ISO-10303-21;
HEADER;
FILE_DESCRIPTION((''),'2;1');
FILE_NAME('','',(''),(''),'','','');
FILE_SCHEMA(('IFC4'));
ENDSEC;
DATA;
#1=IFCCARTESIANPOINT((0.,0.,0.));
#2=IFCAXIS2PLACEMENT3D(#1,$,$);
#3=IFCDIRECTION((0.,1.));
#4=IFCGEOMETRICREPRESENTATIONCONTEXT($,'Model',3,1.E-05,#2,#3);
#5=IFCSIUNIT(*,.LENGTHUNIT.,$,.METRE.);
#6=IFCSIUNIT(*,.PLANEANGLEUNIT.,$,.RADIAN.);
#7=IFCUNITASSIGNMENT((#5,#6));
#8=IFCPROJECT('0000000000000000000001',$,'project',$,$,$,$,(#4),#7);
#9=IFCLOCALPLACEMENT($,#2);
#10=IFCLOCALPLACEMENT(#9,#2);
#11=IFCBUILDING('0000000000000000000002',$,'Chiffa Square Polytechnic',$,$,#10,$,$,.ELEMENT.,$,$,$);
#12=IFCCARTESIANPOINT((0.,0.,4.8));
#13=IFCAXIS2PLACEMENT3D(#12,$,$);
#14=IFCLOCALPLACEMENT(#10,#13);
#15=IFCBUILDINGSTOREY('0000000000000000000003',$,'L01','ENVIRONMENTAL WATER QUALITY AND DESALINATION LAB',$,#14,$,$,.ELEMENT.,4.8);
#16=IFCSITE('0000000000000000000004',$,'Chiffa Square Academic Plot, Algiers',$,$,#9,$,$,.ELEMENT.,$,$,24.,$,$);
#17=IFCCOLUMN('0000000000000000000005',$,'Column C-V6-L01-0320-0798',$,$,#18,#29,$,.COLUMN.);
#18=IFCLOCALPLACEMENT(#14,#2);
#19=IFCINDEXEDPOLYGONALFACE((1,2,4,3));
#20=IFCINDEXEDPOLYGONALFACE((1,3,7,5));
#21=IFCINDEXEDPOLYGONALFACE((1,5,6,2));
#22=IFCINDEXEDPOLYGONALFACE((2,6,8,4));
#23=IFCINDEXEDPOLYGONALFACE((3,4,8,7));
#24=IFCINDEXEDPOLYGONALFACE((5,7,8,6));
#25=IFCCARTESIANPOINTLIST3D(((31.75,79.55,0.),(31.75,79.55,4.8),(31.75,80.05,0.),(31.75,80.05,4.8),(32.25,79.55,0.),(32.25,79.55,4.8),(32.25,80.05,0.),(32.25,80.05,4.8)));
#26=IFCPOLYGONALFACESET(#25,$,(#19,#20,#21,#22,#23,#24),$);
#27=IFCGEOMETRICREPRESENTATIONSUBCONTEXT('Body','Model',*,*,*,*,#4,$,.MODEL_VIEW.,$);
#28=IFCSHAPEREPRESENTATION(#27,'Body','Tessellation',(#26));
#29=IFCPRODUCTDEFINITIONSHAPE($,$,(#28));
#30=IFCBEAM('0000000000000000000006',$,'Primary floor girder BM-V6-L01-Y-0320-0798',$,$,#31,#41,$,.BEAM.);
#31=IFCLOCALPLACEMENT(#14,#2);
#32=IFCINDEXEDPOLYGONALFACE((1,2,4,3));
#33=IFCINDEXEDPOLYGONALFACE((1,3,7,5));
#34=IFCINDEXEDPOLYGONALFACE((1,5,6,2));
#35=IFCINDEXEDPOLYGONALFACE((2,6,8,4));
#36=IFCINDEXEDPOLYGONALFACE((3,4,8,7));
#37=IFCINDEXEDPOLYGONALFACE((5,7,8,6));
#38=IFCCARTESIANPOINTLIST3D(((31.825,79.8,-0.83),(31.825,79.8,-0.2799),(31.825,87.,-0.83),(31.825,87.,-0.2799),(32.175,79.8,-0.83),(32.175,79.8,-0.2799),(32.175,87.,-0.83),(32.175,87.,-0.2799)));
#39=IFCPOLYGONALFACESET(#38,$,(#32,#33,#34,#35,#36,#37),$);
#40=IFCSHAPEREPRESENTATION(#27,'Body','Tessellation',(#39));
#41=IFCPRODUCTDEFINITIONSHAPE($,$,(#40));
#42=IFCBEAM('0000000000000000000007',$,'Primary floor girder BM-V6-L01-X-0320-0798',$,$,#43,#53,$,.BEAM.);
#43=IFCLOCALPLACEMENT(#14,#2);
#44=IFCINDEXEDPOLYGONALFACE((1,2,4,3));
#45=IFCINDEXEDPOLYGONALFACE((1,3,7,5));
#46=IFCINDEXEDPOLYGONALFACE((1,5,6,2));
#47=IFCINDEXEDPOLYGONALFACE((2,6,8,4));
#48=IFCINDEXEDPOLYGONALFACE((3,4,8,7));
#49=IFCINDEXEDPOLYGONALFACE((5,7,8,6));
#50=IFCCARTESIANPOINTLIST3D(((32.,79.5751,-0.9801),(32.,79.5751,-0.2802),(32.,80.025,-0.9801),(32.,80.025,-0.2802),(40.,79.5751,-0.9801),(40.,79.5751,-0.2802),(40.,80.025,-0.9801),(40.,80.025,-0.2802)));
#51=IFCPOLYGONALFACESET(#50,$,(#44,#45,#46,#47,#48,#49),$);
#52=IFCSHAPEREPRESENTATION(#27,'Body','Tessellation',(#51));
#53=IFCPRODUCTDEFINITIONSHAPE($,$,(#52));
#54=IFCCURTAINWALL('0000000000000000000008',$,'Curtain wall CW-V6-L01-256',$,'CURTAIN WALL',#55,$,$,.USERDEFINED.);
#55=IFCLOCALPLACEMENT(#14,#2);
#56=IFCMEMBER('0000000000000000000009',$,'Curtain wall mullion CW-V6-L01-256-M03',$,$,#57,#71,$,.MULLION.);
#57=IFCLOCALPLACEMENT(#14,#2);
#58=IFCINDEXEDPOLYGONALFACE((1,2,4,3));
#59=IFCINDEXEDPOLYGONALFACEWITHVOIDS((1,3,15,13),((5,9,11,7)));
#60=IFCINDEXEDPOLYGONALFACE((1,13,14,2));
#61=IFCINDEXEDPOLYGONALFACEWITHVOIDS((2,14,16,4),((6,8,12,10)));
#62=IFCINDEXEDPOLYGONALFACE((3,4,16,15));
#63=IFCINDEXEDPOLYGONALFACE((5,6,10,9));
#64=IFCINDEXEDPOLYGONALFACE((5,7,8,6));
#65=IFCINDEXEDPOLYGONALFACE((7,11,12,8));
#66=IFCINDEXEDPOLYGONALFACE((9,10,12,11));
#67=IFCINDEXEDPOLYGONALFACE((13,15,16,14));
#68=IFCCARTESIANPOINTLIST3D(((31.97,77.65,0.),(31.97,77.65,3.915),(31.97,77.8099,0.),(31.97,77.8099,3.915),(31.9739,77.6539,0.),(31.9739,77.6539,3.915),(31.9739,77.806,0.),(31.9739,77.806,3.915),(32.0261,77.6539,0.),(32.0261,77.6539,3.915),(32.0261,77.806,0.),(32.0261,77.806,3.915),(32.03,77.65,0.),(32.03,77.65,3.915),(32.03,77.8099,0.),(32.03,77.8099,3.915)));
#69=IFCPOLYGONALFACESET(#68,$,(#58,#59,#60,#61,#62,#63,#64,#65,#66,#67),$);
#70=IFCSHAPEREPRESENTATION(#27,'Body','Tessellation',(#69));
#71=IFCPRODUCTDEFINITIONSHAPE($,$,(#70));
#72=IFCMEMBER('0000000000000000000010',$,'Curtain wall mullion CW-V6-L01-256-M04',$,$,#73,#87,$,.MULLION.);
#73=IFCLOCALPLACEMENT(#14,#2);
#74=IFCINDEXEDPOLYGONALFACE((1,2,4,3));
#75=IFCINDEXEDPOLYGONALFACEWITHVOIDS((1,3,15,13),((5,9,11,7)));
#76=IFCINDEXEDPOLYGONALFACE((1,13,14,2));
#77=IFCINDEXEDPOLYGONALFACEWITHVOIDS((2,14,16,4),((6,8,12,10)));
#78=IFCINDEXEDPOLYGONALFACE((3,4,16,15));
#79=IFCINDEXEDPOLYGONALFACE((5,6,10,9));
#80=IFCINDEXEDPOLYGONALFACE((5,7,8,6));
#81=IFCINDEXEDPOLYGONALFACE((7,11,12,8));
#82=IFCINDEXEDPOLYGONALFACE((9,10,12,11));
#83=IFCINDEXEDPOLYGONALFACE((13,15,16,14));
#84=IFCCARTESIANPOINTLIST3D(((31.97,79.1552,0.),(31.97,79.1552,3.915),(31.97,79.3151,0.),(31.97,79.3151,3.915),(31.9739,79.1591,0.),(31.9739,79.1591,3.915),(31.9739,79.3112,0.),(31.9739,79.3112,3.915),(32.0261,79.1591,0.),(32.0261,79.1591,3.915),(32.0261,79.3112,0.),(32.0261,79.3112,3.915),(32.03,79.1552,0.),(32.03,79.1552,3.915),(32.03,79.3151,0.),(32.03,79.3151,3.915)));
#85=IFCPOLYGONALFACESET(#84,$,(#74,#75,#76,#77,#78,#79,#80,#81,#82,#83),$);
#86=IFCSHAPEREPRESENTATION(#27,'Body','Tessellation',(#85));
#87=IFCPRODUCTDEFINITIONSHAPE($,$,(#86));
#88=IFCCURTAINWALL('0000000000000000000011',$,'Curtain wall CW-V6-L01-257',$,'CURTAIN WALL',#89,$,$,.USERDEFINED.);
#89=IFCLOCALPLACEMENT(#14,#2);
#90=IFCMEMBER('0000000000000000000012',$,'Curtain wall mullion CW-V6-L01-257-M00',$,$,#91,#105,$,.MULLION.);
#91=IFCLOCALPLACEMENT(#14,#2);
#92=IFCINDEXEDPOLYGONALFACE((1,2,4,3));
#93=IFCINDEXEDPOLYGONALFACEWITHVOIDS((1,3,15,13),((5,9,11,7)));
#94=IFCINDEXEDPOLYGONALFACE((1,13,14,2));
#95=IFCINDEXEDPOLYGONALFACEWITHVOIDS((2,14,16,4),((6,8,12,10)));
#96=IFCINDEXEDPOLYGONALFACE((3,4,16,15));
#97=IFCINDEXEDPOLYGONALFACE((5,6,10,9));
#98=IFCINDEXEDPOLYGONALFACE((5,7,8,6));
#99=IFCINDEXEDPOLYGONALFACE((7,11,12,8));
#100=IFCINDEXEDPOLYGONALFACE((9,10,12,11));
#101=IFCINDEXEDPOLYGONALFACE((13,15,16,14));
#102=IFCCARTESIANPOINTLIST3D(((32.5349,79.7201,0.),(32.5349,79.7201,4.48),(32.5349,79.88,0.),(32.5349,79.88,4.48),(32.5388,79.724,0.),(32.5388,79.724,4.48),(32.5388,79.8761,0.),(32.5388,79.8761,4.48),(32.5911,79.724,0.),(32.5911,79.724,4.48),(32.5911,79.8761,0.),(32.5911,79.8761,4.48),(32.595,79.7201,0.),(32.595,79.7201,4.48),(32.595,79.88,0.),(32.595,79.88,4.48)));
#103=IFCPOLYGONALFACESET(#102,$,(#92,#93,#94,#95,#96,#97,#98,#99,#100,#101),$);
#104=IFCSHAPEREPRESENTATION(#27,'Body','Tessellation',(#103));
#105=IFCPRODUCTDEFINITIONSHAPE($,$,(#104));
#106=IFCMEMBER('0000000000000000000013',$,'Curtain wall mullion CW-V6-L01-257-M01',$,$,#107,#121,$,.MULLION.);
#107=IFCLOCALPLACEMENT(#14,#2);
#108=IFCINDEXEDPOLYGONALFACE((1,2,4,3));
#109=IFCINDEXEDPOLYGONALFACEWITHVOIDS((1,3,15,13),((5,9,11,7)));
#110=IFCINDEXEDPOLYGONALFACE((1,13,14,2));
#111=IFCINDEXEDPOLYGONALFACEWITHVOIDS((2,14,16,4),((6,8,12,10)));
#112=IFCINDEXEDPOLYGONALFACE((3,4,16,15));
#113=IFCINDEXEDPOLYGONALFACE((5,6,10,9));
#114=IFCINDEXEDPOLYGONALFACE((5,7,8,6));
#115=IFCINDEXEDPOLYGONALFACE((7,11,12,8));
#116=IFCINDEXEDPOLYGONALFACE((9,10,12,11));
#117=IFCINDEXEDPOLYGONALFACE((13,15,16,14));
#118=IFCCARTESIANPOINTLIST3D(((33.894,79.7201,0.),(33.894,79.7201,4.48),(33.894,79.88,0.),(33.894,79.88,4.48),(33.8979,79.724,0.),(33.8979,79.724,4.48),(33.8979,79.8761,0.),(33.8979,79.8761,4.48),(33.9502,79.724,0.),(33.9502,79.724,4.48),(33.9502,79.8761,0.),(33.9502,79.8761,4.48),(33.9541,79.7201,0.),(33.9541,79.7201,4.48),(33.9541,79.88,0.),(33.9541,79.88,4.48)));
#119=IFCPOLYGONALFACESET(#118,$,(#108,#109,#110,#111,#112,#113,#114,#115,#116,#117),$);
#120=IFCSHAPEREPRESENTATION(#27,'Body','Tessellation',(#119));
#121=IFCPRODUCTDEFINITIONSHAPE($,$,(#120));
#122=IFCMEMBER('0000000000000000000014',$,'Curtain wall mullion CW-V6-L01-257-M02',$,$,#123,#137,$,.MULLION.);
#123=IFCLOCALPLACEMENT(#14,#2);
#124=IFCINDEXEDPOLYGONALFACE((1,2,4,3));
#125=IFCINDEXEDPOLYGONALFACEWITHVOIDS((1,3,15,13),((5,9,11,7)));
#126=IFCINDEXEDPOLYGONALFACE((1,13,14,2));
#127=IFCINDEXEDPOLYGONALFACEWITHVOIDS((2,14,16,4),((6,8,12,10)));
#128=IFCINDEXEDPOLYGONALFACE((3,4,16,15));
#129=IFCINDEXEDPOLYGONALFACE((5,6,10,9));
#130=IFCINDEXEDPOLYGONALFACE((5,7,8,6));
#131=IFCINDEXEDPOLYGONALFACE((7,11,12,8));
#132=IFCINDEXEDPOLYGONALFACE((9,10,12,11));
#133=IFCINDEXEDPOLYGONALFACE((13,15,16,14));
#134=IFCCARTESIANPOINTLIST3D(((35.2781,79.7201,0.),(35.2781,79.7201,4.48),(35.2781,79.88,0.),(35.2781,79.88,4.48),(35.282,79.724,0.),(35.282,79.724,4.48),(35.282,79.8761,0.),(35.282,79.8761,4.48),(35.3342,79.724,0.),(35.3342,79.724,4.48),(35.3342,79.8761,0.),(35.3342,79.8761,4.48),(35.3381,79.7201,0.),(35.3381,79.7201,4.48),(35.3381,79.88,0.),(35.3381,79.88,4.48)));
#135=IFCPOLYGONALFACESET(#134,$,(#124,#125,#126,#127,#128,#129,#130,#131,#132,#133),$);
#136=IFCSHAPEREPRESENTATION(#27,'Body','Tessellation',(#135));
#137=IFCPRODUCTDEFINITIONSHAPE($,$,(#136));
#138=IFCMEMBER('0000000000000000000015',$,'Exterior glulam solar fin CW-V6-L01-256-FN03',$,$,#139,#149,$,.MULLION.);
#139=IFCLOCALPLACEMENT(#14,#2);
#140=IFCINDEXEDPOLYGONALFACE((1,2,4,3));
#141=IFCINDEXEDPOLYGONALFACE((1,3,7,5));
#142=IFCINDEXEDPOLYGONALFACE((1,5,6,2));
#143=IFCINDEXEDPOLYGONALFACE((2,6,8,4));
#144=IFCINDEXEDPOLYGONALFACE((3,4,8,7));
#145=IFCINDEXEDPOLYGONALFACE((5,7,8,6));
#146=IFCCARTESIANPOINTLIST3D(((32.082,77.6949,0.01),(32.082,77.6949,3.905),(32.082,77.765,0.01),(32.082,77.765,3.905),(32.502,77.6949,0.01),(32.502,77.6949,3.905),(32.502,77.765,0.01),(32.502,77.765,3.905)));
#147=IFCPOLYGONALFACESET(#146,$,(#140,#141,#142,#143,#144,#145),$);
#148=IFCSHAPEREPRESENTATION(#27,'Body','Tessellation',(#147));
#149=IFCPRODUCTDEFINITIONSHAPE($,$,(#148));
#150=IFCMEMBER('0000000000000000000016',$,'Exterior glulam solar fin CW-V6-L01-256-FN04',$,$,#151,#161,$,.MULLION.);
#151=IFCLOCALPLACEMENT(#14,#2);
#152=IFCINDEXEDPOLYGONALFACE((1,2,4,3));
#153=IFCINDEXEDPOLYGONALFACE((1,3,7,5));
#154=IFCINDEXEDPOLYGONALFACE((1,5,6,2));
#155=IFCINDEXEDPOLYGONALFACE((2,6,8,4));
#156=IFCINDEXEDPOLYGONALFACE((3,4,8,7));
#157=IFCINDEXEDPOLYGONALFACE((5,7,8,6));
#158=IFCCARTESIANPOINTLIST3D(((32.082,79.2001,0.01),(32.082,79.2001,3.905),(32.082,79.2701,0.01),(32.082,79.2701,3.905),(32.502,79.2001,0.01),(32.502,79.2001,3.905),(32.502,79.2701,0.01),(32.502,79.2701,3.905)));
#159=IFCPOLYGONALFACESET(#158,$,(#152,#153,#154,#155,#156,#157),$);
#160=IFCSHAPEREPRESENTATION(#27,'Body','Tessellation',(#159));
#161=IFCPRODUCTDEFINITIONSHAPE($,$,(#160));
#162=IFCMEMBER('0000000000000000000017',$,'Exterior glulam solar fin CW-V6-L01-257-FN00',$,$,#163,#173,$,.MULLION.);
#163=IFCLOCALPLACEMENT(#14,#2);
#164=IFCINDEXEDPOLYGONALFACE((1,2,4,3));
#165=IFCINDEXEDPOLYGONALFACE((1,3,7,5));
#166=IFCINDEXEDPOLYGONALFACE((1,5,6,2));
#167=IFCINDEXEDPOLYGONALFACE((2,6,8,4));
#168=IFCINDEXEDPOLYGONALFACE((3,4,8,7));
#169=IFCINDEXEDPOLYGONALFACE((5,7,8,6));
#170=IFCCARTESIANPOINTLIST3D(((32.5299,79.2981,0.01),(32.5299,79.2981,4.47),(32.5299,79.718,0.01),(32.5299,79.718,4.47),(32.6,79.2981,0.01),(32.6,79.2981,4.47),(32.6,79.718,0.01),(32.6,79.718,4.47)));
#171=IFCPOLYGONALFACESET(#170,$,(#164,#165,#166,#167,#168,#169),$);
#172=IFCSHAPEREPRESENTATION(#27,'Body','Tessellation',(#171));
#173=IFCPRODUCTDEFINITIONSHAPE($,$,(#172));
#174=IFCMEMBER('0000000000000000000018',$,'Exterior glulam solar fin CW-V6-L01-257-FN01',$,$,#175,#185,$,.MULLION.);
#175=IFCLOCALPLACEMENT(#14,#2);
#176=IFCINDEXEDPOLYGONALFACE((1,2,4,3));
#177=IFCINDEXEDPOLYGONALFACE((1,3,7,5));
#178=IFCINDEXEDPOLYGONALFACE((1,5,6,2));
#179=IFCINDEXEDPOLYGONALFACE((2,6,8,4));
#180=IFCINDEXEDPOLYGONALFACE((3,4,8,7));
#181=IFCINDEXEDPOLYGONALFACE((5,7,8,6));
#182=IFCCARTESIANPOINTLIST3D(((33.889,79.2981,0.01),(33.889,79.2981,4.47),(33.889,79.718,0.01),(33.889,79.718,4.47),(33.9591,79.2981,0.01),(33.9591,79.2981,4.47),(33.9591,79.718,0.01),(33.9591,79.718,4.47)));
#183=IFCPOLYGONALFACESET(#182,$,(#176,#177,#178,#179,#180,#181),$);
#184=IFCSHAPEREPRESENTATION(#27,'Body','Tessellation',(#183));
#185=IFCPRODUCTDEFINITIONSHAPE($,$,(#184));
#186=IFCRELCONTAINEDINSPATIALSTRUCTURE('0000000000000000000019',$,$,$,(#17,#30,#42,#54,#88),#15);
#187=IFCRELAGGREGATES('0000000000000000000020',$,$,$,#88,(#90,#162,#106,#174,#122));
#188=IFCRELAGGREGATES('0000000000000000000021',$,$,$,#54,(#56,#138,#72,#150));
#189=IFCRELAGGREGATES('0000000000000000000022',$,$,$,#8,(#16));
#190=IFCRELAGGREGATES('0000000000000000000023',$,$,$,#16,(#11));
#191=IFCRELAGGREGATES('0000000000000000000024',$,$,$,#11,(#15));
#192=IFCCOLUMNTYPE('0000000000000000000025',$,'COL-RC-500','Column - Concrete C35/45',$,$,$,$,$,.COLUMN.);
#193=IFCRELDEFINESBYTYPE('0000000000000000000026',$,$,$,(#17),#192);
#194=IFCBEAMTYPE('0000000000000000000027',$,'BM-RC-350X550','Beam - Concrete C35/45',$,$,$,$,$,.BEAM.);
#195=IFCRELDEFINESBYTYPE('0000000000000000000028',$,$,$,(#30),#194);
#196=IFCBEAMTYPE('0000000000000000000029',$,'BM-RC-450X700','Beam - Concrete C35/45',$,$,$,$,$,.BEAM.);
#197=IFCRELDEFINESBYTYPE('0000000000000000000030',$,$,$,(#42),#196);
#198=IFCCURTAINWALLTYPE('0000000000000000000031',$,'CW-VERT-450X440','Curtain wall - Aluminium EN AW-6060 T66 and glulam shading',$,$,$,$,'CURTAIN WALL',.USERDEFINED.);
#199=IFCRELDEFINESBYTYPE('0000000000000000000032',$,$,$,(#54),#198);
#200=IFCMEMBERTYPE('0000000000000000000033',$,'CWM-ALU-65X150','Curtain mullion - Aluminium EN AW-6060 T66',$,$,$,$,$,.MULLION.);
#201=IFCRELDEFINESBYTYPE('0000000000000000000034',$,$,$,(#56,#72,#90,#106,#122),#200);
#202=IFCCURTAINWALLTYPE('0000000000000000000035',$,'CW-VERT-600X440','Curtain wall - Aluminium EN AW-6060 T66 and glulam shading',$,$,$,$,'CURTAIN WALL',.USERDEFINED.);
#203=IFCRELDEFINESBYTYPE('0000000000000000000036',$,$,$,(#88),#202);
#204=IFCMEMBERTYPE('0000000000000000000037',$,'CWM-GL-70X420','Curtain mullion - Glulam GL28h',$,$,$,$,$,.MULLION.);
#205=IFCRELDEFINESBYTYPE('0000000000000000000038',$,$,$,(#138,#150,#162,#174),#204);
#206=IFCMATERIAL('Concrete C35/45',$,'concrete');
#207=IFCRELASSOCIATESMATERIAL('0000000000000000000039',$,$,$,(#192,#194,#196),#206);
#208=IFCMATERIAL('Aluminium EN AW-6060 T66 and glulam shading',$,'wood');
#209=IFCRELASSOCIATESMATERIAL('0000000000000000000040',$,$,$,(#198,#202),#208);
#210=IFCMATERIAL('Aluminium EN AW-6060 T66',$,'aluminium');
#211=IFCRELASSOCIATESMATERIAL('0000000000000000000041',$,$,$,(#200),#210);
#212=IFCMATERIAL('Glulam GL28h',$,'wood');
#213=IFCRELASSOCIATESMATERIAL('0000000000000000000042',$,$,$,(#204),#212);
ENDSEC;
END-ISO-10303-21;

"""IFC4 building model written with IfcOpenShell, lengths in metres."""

from ifc_helpers import new_model, si_unit, direction, frame, origin, origin_2d, place, context, subcontext, project, spatial, rectangle, hollow_rectangle, extrude, material, material_profile, profile_set, type_object, element, aggregate, save


model = new_model("IFC4")

# Units and contexts
model_context = context("Model", 3, precision=1e-05, world=origin(), true_north=direction((0.0, 1.0)))
body_context = subcontext(model_context, "Body", "Model", "MODEL_VIEW")
ifc_project = project(units=[si_unit("LENGTHUNIT", "METRE"), si_unit("PLANEANGLEUNIT", "RADIAN")], contexts=[model_context])

# Site, building, storey
site_placement = place(None, origin())
site = spatial("IfcSite", under=ifc_project, at=site_placement, Name="Chiffa Square Academic Plot, Algiers", CompositionType="ELEMENT", RefElevation=24.0)
building_placement = place(site_placement, origin())
building = spatial("IfcBuilding", under=site, at=building_placement, Name="Chiffa Square Polytechnic", CompositionType="ELEMENT")
storey_placement = place(building_placement, frame((0.0, 0.0, 4.8)))
storey = spatial("IfcBuildingStorey", under=building, at=storey_placement, Name="L01", Description="ENVIRONMENTAL WATER QUALITY AND DESALINATION LAB", CompositionType="ELEMENT", Elevation=4.8)

# Column
ifc_material_1 = material(Name="Concrete C35/45", Category="concrete")
ifc_material_profile_1 = material_profile(ifc_material_1, rectangle(XDim=0.5, YDim=0.5, at=origin_2d()), Name="RC 500x500")
ifc_profile_set_1 = profile_set([ifc_material_profile_1], Name="Concrete C35/45")
column_type = type_object("IfcColumnType", Name="COL-RC-500", Description="Column - Concrete C35/45", PredefinedType="COLUMN", material=ifc_profile_set_1)
column_placement = place(storey_placement, frame((32.0, 79.8, 0.0), z_axis=(0.0, 0.0, 1.0), x_axis=(1.0, 0.0, 0.0)))
element("IfcColumn", 1, at=column_placement, inside=storey, type_object=column_type, Name="Column C-V6-L01-0320-0798", PredefinedType="COLUMN", context=body_context, shape_type="SweptSolid", body=[
    extrude(rectangle(XDim=0.5, YDim=0.5, at=origin_2d()), origin(), (0.0, 0.0, 1.0), 4.8),
])

# Beams
ifc_material_profile_2 = material_profile(ifc_material_1, rectangle(XDim=0.3501, YDim=0.55, at=origin_2d()), Name="RC 350x550")
ifc_profile_set_2 = profile_set([ifc_material_profile_2], Name="Concrete C35/45")
beam_type_1 = type_object("IfcBeamType", Name="BM-RC-350X550", Description="Beam - Concrete C35/45", PredefinedType="BEAM", material=ifc_profile_set_2)
beam_1_placement = place(storey_placement, frame((32.0, 79.8, -0.5549), z_axis=(0.0, 1.0, 0.0), x_axis=(-1.0, 0.0, 0.0)))
element("IfcBeam", 2, at=beam_1_placement, inside=storey, type_object=beam_type_1, Name="Primary floor girder BM-V6-L01-Y-0320-0798", PredefinedType="BEAM", context=body_context, shape_type="SweptSolid", body=[
    extrude(rectangle(XDim=0.3501, YDim=0.55, at=origin_2d()), origin(), (0.0, 0.0, 1.0), 7.2),
])
ifc_material_profile_3 = material_profile(ifc_material_1, rectangle(XDim=0.45, YDim=0.7, at=origin_2d()), Name="RC 450x700")
ifc_profile_set_3 = profile_set([ifc_material_profile_3], Name="Concrete C35/45")
beam_type_2 = type_object("IfcBeamType", Name="BM-RC-450X700", Description="Beam - Concrete C35/45", PredefinedType="BEAM", material=ifc_profile_set_3)
beam_2_placement = place(storey_placement, frame((32.0, 79.8, -0.6301), z_axis=(1.0, 0.0, 0.0), x_axis=(0.0, 1.0, 0.0)))
element("IfcBeam", 3, at=beam_2_placement, inside=storey, type_object=beam_type_2, Name="Primary floor girder BM-V6-L01-X-0320-0798", PredefinedType="BEAM", context=body_context, shape_type="SweptSolid", body=[
    extrude(rectangle(XDim=0.45, YDim=0.7, at=origin_2d()), origin(), (0.0, 0.0, 1.0), 8.0),
])

# Curtain walls, members
ifc_material_2 = material(Name="Aluminium EN AW-6060 T66 and glulam shading", Category="wood")
curtain_wall_type_1 = type_object("IfcCurtainWallType", Name="CW-VERT-450X440", Description="Curtain wall - Aluminium EN AW-6060 T66 and glulam shading", ElementType="CURTAIN WALL", PredefinedType="USERDEFINED", material=ifc_material_2)
curtain_wall_1_placement = place(storey_placement, origin())
curtain_wall_1 = element("IfcCurtainWall", 4, at=curtain_wall_1_placement, inside=storey, type_object=curtain_wall_type_1, Name="Curtain wall CW-V6-L01-256", ObjectType="CURTAIN WALL", PredefinedType="USERDEFINED")
ifc_material_3 = material(Name="Aluminium EN AW-6060 T66", Category="aluminium")
ifc_material_profile_4 = material_profile(ifc_material_3, hollow_rectangle(XDim=0.0601, YDim=0.1599, WallThickness=0.0039, at=origin_2d()), Name="ALU 60x160x4")
ifc_profile_set_4 = profile_set([ifc_material_profile_4], Name="Aluminium EN AW-6060 T66")
member_type_1 = type_object("IfcMemberType", Name="CWM-ALU-65X150", Description="Curtain mullion - Aluminium EN AW-6060 T66", PredefinedType="MULLION", material=ifc_profile_set_4)
member_1_placement = place(storey_placement, frame((32.0, 77.73, 0.0), z_axis=(0.0, 0.0, 1.0), x_axis=(1.0, 0.0, 0.0)))
member_1 = element("IfcMember", 5, at=member_1_placement, type_object=member_type_1, Name="Curtain wall mullion CW-V6-L01-256-M03", PredefinedType="MULLION", context=body_context, shape_type="SweptSolid", body=[
    extrude(hollow_rectangle(XDim=0.0601, YDim=0.1599, WallThickness=0.0039, at=origin_2d()), origin(), (0.0, 0.0, 1.0), 3.915),
])
member_2_placement = place(storey_placement, frame((32.0, 79.2351, 0.0), z_axis=(0.0, 0.0, 1.0), x_axis=(1.0, 0.0, 0.0)))
member_2 = element("IfcMember", 6, at=member_2_placement, type_object=member_type_1, Name="Curtain wall mullion CW-V6-L01-256-M04", PredefinedType="MULLION", context=body_context, shape_type="SweptSolid", body=[
    extrude(hollow_rectangle(XDim=0.0601, YDim=0.1599, WallThickness=0.0039, at=origin_2d()), origin(), (0.0, 0.0, 1.0), 3.915),
])
curtain_wall_type_2 = type_object("IfcCurtainWallType", Name="CW-VERT-600X440", Description="Curtain wall - Aluminium EN AW-6060 T66 and glulam shading", ElementType="CURTAIN WALL", PredefinedType="USERDEFINED", material=ifc_material_2)
curtain_wall_2_placement = place(storey_placement, origin())
curtain_wall_2 = element("IfcCurtainWall", 7, at=curtain_wall_2_placement, inside=storey, type_object=curtain_wall_type_2, Name="Curtain wall CW-V6-L01-257", ObjectType="CURTAIN WALL", PredefinedType="USERDEFINED")
member_3_placement = place(storey_placement, frame((32.5649, 79.8, 0.0), z_axis=(0.0, 0.0, 1.0), x_axis=(1.0, 0.0, 0.0)))
member_3 = element("IfcMember", 8, at=member_3_placement, type_object=member_type_1, Name="Curtain wall mullion CW-V6-L01-257-M00", PredefinedType="MULLION", context=body_context, shape_type="SweptSolid", body=[
    extrude(hollow_rectangle(XDim=0.0601, YDim=0.1599, WallThickness=0.0039, at=origin_2d()), origin(), (0.0, 0.0, 1.0), 4.48),
])
member_4_placement = place(storey_placement, frame((33.9241, 79.8, 0.0), z_axis=(0.0, 0.0, 1.0), x_axis=(1.0, 0.0, 0.0)))
member_4 = element("IfcMember", 9, at=member_4_placement, type_object=member_type_1, Name="Curtain wall mullion CW-V6-L01-257-M01", PredefinedType="MULLION", context=body_context, shape_type="SweptSolid", body=[
    extrude(hollow_rectangle(XDim=0.0601, YDim=0.1599, WallThickness=0.0039, at=origin_2d()), origin(), (0.0, 0.0, 1.0), 4.48),
])
member_5_placement = place(storey_placement, frame((35.3081, 79.8, 0.0), z_axis=(0.0, 0.0, 1.0), x_axis=(1.0, 0.0, 0.0)))
member_5 = element("IfcMember", 10, at=member_5_placement, type_object=member_type_1, Name="Curtain wall mullion CW-V6-L01-257-M02", PredefinedType="MULLION", context=body_context, shape_type="SweptSolid", body=[
    extrude(hollow_rectangle(XDim=0.0601, YDim=0.1599, WallThickness=0.0039, at=origin_2d()), origin(), (0.0, 0.0, 1.0), 4.48),
])

# Members
ifc_material_4 = material(Name="Glulam GL28h", Category="wood")
ifc_material_profile_5 = material_profile(ifc_material_4, rectangle(XDim=0.0701, YDim=0.4199, at=origin_2d()), Name="GL28h 70x420")
ifc_profile_set_5 = profile_set([ifc_material_profile_5], Name="Glulam GL28h")
member_type_2 = type_object("IfcMemberType", Name="CWM-GL-70X420", Description="Curtain mullion - Glulam GL28h", PredefinedType="MULLION", material=ifc_profile_set_5)
member_6_placement = place(storey_placement, frame((32.292, 77.73, 0.01), z_axis=(0.0, 0.0, 1.0), x_axis=(0.0, 1.0, 0.0)))
member_6 = element("IfcMember", 11, at=member_6_placement, type_object=member_type_2, Name="Exterior glulam solar fin CW-V6-L01-256-FN03", PredefinedType="MULLION", context=body_context, shape_type="SweptSolid", body=[
    extrude(rectangle(XDim=0.0701, YDim=0.4199, at=origin_2d()), origin(), (0.0, 0.0, 1.0), 3.895),
])
member_7_placement = place(storey_placement, frame((32.292, 79.2351, 0.01), z_axis=(0.0, 0.0, 1.0), x_axis=(0.0, 1.0, 0.0)))
member_7 = element("IfcMember", 12, at=member_7_placement, type_object=member_type_2, Name="Exterior glulam solar fin CW-V6-L01-256-FN04", PredefinedType="MULLION", context=body_context, shape_type="SweptSolid", body=[
    extrude(rectangle(XDim=0.0701, YDim=0.4199, at=origin_2d()), origin(), (0.0, 0.0, 1.0), 3.895),
])
member_8_placement = place(storey_placement, frame((32.5649, 79.5081, 0.01), z_axis=(0.0, 0.0, 1.0), x_axis=(1.0, 0.0, 0.0)))
member_8 = element("IfcMember", 13, at=member_8_placement, type_object=member_type_2, Name="Exterior glulam solar fin CW-V6-L01-257-FN00", PredefinedType="MULLION", context=body_context, shape_type="SweptSolid", body=[
    extrude(rectangle(XDim=0.0701, YDim=0.4199, at=origin_2d()), origin(), (0.0, 0.0, 1.0), 4.46),
])
member_9_placement = place(storey_placement, frame((33.9241, 79.5081, 0.01), z_axis=(0.0, 0.0, 1.0), x_axis=(1.0, 0.0, 0.0)))
member_9 = element("IfcMember", 14, at=member_9_placement, type_object=member_type_2, Name="Exterior glulam solar fin CW-V6-L01-257-FN01", PredefinedType="MULLION", context=body_context, shape_type="SweptSolid", body=[
    extrude(rectangle(XDim=0.0701, YDim=0.4199, at=origin_2d()), origin(), (0.0, 0.0, 1.0), 4.46),
])

aggregate(curtain_wall_2, [member_3, member_8, member_4, member_9, member_5])
aggregate(curtain_wall_1, [member_1, member_6, member_2, member_7])

save(model, "model.ifc")
